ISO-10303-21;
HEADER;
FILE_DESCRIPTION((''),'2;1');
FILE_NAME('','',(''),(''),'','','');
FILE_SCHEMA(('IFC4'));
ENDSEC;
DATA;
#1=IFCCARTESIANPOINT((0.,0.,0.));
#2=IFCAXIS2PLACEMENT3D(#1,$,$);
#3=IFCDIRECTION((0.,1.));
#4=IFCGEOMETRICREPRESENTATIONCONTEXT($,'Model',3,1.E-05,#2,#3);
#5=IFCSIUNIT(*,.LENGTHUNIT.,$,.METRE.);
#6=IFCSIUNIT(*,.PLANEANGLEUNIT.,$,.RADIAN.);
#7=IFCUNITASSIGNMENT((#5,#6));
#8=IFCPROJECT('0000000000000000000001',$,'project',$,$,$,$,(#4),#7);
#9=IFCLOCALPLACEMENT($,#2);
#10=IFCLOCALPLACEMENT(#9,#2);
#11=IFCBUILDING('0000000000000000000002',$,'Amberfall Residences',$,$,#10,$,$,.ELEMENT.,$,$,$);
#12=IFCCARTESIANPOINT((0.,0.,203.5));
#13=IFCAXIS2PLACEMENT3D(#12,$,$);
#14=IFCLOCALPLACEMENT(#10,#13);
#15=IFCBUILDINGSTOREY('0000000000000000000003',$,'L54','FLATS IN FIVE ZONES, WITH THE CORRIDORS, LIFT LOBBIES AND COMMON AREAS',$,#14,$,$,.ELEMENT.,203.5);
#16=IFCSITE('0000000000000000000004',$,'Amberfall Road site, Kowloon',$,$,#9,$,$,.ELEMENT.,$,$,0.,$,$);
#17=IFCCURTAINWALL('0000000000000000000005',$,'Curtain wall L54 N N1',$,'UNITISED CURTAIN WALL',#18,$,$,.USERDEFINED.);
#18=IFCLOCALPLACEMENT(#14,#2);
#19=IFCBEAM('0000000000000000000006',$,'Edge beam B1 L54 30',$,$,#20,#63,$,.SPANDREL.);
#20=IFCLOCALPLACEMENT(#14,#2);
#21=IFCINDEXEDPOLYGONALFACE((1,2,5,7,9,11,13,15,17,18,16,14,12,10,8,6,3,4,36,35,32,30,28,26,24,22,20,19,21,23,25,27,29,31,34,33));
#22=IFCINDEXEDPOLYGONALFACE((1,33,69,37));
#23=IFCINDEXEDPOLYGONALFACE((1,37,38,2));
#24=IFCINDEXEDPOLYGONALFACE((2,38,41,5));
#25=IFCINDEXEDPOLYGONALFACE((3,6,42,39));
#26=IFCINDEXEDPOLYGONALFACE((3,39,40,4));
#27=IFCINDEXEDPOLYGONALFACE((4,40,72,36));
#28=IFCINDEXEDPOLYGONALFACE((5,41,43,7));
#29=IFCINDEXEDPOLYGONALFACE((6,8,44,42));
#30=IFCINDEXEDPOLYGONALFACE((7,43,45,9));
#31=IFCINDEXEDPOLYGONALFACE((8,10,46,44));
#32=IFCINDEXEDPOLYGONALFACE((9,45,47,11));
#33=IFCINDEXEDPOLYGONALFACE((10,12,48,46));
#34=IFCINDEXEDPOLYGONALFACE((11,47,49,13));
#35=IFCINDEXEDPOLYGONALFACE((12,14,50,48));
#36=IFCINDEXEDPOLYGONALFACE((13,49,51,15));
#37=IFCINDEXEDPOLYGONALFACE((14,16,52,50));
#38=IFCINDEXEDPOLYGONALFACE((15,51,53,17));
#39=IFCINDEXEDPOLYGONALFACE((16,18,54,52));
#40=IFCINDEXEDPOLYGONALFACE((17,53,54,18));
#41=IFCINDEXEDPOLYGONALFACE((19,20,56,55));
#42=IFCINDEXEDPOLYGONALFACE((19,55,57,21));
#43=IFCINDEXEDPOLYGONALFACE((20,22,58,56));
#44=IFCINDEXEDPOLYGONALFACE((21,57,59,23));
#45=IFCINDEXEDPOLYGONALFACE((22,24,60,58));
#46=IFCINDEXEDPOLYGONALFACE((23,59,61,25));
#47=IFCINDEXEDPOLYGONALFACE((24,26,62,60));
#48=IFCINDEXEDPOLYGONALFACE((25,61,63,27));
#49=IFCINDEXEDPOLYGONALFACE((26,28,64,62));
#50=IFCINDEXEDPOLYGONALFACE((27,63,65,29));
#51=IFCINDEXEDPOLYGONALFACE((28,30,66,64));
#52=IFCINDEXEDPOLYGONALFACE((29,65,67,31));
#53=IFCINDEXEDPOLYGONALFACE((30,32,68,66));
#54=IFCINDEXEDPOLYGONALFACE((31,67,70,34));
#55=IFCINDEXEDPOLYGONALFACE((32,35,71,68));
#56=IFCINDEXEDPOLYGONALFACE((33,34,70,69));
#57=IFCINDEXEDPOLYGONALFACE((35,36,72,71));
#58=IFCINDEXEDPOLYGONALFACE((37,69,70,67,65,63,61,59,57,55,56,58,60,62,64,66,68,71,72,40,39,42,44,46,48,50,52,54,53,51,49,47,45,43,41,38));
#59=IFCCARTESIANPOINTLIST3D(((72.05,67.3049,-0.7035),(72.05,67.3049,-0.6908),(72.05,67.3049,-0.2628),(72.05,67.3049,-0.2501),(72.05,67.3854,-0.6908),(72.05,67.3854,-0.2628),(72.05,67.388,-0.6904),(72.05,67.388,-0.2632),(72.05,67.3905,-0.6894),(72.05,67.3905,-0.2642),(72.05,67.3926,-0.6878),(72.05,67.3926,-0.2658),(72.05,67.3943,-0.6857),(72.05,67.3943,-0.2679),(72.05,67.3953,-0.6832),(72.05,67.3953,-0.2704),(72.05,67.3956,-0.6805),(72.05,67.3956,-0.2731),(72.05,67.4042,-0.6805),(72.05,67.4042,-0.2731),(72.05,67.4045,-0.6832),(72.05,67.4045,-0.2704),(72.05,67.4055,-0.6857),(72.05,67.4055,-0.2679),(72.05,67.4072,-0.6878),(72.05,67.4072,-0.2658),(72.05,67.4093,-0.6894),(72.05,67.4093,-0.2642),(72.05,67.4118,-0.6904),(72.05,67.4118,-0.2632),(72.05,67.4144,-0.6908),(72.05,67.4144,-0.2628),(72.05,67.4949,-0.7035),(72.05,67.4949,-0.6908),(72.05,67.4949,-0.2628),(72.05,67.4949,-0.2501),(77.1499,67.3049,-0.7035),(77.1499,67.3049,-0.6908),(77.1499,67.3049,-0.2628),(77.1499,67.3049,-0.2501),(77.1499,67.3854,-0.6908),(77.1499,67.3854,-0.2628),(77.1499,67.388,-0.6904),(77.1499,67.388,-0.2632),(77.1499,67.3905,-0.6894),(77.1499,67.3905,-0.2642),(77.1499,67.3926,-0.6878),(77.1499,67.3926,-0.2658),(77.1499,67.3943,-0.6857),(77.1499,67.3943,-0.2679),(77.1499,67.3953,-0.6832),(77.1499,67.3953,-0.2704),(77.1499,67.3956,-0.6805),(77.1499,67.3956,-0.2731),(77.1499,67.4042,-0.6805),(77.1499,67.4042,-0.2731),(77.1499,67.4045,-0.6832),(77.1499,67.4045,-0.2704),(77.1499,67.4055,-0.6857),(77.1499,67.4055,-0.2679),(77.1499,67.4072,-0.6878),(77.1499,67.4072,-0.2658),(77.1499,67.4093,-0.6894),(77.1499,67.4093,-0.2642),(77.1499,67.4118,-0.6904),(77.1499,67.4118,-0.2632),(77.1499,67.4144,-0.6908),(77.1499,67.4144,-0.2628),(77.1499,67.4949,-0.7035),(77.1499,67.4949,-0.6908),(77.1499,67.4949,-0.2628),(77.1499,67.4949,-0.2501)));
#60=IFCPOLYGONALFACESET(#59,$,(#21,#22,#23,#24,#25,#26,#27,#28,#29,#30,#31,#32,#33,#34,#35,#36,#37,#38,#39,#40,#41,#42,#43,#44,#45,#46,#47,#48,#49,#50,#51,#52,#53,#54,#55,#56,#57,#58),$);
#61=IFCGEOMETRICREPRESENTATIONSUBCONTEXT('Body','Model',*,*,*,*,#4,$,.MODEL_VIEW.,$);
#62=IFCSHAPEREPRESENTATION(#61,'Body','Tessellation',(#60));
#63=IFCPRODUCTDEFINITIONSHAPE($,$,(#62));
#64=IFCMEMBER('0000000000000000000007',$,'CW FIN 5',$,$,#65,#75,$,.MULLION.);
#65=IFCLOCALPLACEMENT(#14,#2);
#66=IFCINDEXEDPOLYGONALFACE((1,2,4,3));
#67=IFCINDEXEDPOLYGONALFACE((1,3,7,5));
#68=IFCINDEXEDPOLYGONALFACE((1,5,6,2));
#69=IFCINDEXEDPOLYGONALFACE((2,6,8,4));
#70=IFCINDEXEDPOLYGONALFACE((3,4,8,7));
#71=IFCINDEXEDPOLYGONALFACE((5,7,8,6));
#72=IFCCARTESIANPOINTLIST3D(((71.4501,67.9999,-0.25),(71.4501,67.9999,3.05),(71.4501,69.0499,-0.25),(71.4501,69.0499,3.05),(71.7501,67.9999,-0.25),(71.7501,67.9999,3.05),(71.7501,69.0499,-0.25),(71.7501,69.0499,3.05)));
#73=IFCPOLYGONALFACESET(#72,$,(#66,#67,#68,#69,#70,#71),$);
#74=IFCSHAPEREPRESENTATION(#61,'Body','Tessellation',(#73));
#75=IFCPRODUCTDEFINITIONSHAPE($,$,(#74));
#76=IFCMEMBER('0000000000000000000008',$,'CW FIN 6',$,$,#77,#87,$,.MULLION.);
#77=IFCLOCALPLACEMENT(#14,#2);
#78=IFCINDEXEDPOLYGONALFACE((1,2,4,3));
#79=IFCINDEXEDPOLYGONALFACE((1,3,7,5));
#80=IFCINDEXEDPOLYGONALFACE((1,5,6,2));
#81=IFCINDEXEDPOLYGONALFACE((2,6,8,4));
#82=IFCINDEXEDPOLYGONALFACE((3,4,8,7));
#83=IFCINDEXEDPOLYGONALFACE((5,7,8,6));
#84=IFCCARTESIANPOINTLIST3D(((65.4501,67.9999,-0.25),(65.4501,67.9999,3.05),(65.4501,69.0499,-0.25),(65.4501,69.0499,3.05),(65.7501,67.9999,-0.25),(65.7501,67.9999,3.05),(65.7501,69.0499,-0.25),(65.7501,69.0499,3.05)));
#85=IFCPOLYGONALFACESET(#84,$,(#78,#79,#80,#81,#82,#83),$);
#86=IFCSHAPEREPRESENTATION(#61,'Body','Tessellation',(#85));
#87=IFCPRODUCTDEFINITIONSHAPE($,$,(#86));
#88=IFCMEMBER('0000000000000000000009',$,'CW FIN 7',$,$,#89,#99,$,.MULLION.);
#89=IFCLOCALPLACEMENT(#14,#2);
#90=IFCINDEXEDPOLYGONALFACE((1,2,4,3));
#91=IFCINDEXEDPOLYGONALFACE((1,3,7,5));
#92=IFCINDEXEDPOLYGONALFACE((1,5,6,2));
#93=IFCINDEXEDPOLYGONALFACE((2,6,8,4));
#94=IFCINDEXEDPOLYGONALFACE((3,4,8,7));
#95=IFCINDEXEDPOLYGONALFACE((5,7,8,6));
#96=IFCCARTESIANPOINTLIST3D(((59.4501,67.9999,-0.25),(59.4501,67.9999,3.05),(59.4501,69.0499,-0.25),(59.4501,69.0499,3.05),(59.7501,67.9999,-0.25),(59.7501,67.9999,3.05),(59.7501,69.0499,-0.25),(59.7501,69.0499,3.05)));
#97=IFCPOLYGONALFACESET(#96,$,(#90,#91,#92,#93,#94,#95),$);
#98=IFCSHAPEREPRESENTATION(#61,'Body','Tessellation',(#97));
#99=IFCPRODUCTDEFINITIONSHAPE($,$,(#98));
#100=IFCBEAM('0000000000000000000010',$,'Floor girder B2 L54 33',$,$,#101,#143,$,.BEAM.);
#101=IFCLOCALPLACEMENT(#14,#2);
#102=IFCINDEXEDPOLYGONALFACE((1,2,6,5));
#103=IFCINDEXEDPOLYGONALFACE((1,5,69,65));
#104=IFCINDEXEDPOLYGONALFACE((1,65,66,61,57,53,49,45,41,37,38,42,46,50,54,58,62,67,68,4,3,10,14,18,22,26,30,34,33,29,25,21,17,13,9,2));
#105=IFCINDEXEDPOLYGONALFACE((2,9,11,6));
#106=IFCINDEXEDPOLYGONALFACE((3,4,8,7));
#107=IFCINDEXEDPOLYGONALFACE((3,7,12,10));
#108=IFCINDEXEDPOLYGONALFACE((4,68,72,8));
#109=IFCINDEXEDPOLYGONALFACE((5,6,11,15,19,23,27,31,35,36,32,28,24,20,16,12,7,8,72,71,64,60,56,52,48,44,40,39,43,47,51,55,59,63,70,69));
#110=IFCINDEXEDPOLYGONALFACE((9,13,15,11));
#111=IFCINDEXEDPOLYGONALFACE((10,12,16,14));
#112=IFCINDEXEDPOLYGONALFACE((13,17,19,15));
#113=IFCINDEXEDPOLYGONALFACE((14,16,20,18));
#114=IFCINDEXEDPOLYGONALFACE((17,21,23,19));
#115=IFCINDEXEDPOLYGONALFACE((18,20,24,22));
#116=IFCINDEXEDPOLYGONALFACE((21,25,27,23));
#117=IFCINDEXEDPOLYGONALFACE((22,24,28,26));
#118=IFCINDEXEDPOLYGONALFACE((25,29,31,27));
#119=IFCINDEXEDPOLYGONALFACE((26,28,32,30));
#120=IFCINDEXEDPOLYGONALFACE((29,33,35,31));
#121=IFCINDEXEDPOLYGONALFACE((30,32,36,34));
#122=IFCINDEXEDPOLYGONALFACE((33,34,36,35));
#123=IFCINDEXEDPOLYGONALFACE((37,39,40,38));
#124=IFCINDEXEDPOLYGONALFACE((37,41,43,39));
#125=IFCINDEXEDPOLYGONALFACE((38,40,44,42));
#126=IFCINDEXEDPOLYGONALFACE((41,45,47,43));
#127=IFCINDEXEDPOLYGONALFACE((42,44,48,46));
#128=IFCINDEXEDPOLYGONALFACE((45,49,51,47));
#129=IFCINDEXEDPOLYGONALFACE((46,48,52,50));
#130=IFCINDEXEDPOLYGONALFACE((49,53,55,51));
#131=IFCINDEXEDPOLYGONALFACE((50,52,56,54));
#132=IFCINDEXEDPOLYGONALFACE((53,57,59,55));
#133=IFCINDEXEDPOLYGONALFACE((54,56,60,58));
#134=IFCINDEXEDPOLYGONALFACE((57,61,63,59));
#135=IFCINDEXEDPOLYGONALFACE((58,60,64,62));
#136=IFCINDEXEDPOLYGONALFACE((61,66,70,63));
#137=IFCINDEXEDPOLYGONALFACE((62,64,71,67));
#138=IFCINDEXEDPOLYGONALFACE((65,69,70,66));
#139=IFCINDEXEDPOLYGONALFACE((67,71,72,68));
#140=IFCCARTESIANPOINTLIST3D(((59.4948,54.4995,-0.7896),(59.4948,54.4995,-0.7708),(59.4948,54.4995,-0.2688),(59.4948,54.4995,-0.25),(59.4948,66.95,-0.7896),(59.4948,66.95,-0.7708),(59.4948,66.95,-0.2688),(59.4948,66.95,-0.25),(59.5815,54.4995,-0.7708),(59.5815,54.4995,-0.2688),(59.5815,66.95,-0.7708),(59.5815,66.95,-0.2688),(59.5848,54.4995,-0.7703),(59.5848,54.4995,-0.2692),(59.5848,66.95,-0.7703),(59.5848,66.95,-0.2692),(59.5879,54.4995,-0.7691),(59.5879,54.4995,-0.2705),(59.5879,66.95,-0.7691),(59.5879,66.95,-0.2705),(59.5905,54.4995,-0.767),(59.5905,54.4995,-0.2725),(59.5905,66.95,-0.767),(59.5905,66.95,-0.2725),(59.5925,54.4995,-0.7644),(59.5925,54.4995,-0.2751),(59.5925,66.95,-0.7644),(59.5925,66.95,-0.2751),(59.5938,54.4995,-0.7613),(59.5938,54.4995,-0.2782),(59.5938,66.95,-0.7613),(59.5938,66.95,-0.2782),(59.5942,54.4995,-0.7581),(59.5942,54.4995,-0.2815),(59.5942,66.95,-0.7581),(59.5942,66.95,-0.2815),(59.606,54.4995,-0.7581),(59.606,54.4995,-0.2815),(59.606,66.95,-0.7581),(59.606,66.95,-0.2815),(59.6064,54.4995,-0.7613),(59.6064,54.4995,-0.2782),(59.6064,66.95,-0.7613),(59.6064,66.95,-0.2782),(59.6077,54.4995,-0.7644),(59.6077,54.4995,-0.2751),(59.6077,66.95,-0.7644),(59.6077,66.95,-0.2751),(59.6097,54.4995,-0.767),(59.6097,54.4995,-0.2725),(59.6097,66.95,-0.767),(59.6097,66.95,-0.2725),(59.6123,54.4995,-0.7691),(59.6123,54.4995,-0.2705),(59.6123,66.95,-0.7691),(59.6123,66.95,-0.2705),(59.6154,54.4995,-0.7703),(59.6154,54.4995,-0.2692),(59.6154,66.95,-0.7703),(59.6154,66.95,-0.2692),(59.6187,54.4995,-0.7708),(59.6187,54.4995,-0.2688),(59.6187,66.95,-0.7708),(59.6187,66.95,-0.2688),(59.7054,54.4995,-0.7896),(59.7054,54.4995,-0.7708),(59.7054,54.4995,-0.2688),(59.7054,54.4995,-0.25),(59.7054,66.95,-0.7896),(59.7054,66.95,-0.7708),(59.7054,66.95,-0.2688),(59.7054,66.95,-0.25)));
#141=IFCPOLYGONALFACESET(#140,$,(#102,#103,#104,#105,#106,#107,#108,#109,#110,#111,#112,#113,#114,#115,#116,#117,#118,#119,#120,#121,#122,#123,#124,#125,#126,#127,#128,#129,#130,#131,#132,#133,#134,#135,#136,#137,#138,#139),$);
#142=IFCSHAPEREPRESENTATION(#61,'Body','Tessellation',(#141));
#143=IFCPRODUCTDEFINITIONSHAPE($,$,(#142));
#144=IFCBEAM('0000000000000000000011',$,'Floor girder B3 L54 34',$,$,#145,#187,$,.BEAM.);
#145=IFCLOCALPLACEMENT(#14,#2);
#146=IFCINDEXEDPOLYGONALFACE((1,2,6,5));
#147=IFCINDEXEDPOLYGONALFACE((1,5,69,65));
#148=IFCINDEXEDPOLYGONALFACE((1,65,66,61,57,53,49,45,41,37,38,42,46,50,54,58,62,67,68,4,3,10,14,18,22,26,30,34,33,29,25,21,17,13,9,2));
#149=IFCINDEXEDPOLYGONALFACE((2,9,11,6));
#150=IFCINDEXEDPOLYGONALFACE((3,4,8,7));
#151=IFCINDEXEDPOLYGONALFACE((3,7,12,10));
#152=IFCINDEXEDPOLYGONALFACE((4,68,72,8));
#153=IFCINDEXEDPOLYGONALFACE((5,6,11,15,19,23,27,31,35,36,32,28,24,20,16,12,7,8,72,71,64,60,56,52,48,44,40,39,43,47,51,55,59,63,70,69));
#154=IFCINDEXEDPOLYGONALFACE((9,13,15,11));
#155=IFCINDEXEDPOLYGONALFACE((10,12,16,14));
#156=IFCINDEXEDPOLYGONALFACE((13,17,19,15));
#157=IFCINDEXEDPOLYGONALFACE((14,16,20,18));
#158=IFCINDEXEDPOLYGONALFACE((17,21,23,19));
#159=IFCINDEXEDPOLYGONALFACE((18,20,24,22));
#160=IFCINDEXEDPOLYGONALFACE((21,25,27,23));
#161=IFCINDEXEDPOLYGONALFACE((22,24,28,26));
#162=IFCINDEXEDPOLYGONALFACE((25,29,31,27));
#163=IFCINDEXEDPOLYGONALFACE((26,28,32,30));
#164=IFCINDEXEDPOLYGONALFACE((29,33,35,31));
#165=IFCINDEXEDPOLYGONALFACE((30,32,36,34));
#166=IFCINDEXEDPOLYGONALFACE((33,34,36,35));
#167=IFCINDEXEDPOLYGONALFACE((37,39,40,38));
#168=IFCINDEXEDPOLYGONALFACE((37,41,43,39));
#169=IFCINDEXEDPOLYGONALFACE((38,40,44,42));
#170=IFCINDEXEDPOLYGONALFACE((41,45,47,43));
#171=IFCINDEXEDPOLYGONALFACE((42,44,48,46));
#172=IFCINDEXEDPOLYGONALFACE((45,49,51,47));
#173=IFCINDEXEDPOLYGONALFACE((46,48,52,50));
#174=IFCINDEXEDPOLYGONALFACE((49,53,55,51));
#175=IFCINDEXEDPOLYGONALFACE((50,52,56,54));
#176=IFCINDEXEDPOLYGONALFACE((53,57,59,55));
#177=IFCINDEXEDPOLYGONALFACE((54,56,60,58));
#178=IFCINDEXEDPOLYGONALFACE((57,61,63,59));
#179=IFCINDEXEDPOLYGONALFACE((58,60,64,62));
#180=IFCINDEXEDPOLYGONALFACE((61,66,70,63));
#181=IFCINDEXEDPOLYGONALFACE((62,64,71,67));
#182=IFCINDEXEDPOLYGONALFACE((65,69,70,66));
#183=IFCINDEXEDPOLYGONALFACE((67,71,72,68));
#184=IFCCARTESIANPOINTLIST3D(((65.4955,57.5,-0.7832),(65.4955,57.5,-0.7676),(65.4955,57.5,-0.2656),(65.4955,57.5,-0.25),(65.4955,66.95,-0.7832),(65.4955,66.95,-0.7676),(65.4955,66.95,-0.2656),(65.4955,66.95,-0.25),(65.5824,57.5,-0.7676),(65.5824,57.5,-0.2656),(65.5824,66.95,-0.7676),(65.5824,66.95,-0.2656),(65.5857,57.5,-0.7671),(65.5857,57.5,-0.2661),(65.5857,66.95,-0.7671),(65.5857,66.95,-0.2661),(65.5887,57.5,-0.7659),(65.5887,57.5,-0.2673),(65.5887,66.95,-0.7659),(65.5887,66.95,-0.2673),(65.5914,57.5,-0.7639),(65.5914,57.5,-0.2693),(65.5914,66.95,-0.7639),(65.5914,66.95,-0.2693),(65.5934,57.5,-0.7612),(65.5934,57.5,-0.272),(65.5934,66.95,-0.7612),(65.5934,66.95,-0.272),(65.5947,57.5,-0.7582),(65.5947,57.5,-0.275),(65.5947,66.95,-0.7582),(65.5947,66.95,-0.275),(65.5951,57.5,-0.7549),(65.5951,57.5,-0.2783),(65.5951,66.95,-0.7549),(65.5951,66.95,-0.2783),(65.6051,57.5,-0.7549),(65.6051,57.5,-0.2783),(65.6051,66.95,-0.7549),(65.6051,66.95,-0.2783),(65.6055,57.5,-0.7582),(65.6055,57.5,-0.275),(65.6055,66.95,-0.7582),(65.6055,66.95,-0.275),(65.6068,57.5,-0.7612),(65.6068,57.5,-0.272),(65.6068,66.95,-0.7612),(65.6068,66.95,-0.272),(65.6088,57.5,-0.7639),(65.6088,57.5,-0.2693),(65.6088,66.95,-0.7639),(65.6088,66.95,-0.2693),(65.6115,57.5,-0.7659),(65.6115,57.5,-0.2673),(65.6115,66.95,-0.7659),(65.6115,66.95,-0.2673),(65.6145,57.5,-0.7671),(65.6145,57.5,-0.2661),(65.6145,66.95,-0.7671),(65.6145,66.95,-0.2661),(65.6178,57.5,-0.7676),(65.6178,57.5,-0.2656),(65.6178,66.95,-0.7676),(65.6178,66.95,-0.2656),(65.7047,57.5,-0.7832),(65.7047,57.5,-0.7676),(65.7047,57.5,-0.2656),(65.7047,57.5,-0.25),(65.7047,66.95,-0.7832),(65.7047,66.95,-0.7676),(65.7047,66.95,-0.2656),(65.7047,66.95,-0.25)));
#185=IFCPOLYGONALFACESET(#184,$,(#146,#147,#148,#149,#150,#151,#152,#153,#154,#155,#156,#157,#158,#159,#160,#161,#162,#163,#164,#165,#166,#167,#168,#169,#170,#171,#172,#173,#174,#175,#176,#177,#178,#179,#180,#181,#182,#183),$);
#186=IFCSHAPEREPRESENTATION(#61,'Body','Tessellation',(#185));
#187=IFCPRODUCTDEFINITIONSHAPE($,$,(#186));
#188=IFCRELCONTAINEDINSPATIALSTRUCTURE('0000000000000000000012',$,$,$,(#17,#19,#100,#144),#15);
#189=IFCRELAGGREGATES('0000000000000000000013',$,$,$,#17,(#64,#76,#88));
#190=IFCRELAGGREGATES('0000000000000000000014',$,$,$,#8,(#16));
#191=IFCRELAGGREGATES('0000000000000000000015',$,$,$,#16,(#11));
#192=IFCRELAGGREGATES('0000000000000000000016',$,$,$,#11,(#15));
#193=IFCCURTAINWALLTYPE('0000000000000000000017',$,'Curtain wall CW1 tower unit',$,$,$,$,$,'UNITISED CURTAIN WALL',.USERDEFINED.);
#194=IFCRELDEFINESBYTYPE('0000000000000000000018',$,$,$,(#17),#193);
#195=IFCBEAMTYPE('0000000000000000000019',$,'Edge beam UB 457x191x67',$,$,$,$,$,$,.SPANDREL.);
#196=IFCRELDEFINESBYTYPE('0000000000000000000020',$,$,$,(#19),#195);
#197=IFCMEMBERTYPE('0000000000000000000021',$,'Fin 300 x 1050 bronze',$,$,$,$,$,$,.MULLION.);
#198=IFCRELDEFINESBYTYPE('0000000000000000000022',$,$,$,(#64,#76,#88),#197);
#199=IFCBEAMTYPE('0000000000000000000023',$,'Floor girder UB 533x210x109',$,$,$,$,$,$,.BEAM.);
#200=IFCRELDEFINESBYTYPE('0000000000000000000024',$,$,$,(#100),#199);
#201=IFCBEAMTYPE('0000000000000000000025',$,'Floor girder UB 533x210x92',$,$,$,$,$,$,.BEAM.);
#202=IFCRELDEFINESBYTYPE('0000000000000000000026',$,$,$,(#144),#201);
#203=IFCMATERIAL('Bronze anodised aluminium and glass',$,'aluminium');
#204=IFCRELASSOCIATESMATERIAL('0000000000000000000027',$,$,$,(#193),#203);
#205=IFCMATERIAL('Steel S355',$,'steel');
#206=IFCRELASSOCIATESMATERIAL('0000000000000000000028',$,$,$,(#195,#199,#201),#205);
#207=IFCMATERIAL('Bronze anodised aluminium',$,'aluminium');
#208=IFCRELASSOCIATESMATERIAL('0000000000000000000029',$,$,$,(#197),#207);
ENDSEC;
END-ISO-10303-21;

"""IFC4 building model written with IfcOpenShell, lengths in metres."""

from ifc_helpers import new_model, si_unit, direction, frame, origin, origin_2d, place, context, subcontext, project, spatial, rectangle, i_section, extrude, material, material_profile, profile_set, type_object, element, aggregate, save


model = new_model("IFC4")

# Units and contexts
model_context = context("Model", 3, precision=1e-05, world=origin(), true_north=direction((0.0, 1.0)))
body_context = subcontext(model_context, "Body", "Model", "MODEL_VIEW")
ifc_project = project(units=[si_unit("LENGTHUNIT", "METRE"), si_unit("PLANEANGLEUNIT", "RADIAN")], contexts=[model_context])

# Site, building, storey
site_placement = place(None, origin())
site = spatial("IfcSite", under=ifc_project, at=site_placement, Name="Amberfall Road site, Kowloon", CompositionType="ELEMENT", RefElevation=0.0)
building_placement = place(site_placement, origin())
building = spatial("IfcBuilding", under=site, at=building_placement, Name="Amberfall Residences", CompositionType="ELEMENT")
storey_placement = place(building_placement, frame((0.0, 0.0, 203.5)))
storey = spatial("IfcBuildingStorey", under=building, at=storey_placement, Name="L54", Description="FLATS IN FIVE ZONES, WITH THE CORRIDORS, LIFT LOBBIES AND COMMON AREAS", CompositionType="ELEMENT", Elevation=203.5)

# Curtain wall
ifc_material_1 = material(Name="Bronze anodised aluminium and glass", Category="aluminium")
curtain_wall_type = type_object("IfcCurtainWallType", Name="Curtain wall CW1 tower unit", ElementType="UNITISED CURTAIN WALL", PredefinedType="USERDEFINED", material=ifc_material_1)
curtain_wall_placement = place(storey_placement, origin())
curtain_wall = element("IfcCurtainWall", 1, at=curtain_wall_placement, inside=storey, type_object=curtain_wall_type, Name="Curtain wall L54 N N1", ObjectType="UNITISED CURTAIN WALL", PredefinedType="USERDEFINED")
ifc_material_2 = material(Name="Bronze anodised aluminium", Category="aluminium")

# Beam
ifc_material_3 = material(Name="Steel S355", Category="steel")
ifc_material_profile_1 = material_profile(ifc_material_3, i_section(OverallWidth=0.1899, OverallDepth=0.4534, WebThickness=0.0085, FlangeThickness=0.0127, FilletRadius=0.0103, at=origin_2d()), Name="UB 457x191x67")
ifc_profile_set_1 = profile_set([ifc_material_profile_1], Name="Steel S355")
beam_type_1 = type_object("IfcBeamType", Name="Edge beam UB 457x191x67", PredefinedType="SPANDREL", material=ifc_profile_set_1)
for number, where, z_axis, x_axis, name in (
    (2, (72.05, 67.3999, -0.4768), (1.0, 0.0, 0.0), (0.0, 1.0, 0.0), "Edge beam B1 L54 30"),
):
    element("IfcBeam", number, at=place(storey_placement, frame(where, z_axis=z_axis, x_axis=x_axis)), inside=storey, type_object=beam_type_1, Name=name, PredefinedType="SPANDREL", context=body_context, shape_type="SweptSolid", body=[
        extrude(i_section(OverallWidth=0.1899, OverallDepth=0.4534, WebThickness=0.0085, FlangeThickness=0.0127, FilletRadius=0.0103, at=origin_2d()), origin(), (0.0, 0.0, 1.0), 5.0999),
    ])

# Members
ifc_material_profile_2 = material_profile(ifc_material_2, rectangle(XDim=1.05, YDim=0.3, at=origin_2d()), Name="Fin 300 x 1050 bronze")
ifc_profile_set_2 = profile_set([ifc_material_profile_2], Name="Bronze anodised aluminium")
member_type_1 = type_object("IfcMemberType", Name="Fin 300 x 1050 bronze", PredefinedType="MULLION", material=ifc_profile_set_2)
member_1_placement = place(storey_placement, frame((71.6001, 68.5249, -0.25), z_axis=(0.0, 0.0, 1.0), x_axis=(0.0, -1.0, 0.0)))
member_1 = element("IfcMember", 3, at=member_1_placement, type_object=member_type_1, Name="CW FIN 5", PredefinedType="MULLION", context=body_context, shape_type="SweptSolid", body=[
    extrude(rectangle(XDim=1.05, YDim=0.3, at=origin_2d()), origin(), (0.0, 0.0, 1.0), 3.3),
])
member_2_placement = place(storey_placement, frame((65.6001, 68.5249, -0.25), z_axis=(0.0, 0.0, 1.0), x_axis=(0.0, -1.0, 0.0)))
member_2 = element("IfcMember", 4, at=member_2_placement, type_object=member_type_1, Name="CW FIN 6", PredefinedType="MULLION", context=body_context, shape_type="SweptSolid", body=[
    extrude(rectangle(XDim=1.05, YDim=0.3, at=origin_2d()), origin(), (0.0, 0.0, 1.0), 3.3),
])
member_3_placement = place(storey_placement, frame((59.6001, 68.5249, -0.25), z_axis=(0.0, 0.0, 1.0), x_axis=(0.0, -1.0, 0.0)))
member_3 = element("IfcMember", 5, at=member_3_placement, type_object=member_type_1, Name="CW FIN 7", PredefinedType="MULLION", context=body_context, shape_type="SweptSolid", body=[
    extrude(rectangle(XDim=1.05, YDim=0.3, at=origin_2d()), origin(), (0.0, 0.0, 1.0), 3.3),
])

# Beams
ifc_material_profile_3 = material_profile(ifc_material_3, i_section(OverallWidth=0.2107, OverallDepth=0.5396, WebThickness=0.0117, FlangeThickness=0.0188, FilletRadius=0.0127, at=origin_2d()), Name="UB 533x210x109")
ifc_profile_set_3 = profile_set([ifc_material_profile_3], Name="Steel S355")
beam_type_2 = type_object("IfcBeamType", Name="Floor girder UB 533x210x109", PredefinedType="BEAM", material=ifc_profile_set_3)
beam_placement = place(storey_placement, frame((59.6001, 66.95, -0.5198), z_axis=(0.0, -1.0, 0.0), x_axis=(1.0, 0.0, 0.0)))
element("IfcBeam", 6, at=beam_placement, inside=storey, type_object=beam_type_2, Name="Floor girder B2 L54 33", PredefinedType="BEAM", context=body_context, shape_type="SweptSolid", body=[
    extrude(i_section(OverallWidth=0.2107, OverallDepth=0.5396, WebThickness=0.0117, FlangeThickness=0.0188, FilletRadius=0.0127, at=origin_2d()), origin(), (0.0, 0.0, 1.0), 12.4504),
])
ifc_material_profile_4 = material_profile(ifc_material_3, i_section(OverallWidth=0.2092, OverallDepth=0.5332, WebThickness=0.01, FlangeThickness=0.0156, FilletRadius=0.0127, at=origin_2d()), Name="UB 533x210x92")
ifc_profile_set_4 = profile_set([ifc_material_profile_4], Name="Steel S355")
beam_type_3 = type_object("IfcBeamType", Name="Floor girder UB 533x210x92", PredefinedType="BEAM", material=ifc_profile_set_4)
for number, where, z_axis, x_axis, name in (
    (7, (65.6001, 66.95, -0.5166), (0.0, -1.0, 0.0), (1.0, 0.0, 0.0), "Floor girder B3 L54 34"),
):
    element("IfcBeam", number, at=place(storey_placement, frame(where, z_axis=z_axis, x_axis=x_axis)), inside=storey, type_object=beam_type_3, Name=name, PredefinedType="BEAM", context=body_context, shape_type="SweptSolid", body=[
        extrude(i_section(OverallWidth=0.2092, OverallDepth=0.5332, WebThickness=0.01, FlangeThickness=0.0156, FilletRadius=0.0127, at=origin_2d()), origin(), (0.0, 0.0, 1.0), 9.45),
    ])

aggregate(curtain_wall, [member_1, member_2, member_3])

save(model, "model.ifc")
